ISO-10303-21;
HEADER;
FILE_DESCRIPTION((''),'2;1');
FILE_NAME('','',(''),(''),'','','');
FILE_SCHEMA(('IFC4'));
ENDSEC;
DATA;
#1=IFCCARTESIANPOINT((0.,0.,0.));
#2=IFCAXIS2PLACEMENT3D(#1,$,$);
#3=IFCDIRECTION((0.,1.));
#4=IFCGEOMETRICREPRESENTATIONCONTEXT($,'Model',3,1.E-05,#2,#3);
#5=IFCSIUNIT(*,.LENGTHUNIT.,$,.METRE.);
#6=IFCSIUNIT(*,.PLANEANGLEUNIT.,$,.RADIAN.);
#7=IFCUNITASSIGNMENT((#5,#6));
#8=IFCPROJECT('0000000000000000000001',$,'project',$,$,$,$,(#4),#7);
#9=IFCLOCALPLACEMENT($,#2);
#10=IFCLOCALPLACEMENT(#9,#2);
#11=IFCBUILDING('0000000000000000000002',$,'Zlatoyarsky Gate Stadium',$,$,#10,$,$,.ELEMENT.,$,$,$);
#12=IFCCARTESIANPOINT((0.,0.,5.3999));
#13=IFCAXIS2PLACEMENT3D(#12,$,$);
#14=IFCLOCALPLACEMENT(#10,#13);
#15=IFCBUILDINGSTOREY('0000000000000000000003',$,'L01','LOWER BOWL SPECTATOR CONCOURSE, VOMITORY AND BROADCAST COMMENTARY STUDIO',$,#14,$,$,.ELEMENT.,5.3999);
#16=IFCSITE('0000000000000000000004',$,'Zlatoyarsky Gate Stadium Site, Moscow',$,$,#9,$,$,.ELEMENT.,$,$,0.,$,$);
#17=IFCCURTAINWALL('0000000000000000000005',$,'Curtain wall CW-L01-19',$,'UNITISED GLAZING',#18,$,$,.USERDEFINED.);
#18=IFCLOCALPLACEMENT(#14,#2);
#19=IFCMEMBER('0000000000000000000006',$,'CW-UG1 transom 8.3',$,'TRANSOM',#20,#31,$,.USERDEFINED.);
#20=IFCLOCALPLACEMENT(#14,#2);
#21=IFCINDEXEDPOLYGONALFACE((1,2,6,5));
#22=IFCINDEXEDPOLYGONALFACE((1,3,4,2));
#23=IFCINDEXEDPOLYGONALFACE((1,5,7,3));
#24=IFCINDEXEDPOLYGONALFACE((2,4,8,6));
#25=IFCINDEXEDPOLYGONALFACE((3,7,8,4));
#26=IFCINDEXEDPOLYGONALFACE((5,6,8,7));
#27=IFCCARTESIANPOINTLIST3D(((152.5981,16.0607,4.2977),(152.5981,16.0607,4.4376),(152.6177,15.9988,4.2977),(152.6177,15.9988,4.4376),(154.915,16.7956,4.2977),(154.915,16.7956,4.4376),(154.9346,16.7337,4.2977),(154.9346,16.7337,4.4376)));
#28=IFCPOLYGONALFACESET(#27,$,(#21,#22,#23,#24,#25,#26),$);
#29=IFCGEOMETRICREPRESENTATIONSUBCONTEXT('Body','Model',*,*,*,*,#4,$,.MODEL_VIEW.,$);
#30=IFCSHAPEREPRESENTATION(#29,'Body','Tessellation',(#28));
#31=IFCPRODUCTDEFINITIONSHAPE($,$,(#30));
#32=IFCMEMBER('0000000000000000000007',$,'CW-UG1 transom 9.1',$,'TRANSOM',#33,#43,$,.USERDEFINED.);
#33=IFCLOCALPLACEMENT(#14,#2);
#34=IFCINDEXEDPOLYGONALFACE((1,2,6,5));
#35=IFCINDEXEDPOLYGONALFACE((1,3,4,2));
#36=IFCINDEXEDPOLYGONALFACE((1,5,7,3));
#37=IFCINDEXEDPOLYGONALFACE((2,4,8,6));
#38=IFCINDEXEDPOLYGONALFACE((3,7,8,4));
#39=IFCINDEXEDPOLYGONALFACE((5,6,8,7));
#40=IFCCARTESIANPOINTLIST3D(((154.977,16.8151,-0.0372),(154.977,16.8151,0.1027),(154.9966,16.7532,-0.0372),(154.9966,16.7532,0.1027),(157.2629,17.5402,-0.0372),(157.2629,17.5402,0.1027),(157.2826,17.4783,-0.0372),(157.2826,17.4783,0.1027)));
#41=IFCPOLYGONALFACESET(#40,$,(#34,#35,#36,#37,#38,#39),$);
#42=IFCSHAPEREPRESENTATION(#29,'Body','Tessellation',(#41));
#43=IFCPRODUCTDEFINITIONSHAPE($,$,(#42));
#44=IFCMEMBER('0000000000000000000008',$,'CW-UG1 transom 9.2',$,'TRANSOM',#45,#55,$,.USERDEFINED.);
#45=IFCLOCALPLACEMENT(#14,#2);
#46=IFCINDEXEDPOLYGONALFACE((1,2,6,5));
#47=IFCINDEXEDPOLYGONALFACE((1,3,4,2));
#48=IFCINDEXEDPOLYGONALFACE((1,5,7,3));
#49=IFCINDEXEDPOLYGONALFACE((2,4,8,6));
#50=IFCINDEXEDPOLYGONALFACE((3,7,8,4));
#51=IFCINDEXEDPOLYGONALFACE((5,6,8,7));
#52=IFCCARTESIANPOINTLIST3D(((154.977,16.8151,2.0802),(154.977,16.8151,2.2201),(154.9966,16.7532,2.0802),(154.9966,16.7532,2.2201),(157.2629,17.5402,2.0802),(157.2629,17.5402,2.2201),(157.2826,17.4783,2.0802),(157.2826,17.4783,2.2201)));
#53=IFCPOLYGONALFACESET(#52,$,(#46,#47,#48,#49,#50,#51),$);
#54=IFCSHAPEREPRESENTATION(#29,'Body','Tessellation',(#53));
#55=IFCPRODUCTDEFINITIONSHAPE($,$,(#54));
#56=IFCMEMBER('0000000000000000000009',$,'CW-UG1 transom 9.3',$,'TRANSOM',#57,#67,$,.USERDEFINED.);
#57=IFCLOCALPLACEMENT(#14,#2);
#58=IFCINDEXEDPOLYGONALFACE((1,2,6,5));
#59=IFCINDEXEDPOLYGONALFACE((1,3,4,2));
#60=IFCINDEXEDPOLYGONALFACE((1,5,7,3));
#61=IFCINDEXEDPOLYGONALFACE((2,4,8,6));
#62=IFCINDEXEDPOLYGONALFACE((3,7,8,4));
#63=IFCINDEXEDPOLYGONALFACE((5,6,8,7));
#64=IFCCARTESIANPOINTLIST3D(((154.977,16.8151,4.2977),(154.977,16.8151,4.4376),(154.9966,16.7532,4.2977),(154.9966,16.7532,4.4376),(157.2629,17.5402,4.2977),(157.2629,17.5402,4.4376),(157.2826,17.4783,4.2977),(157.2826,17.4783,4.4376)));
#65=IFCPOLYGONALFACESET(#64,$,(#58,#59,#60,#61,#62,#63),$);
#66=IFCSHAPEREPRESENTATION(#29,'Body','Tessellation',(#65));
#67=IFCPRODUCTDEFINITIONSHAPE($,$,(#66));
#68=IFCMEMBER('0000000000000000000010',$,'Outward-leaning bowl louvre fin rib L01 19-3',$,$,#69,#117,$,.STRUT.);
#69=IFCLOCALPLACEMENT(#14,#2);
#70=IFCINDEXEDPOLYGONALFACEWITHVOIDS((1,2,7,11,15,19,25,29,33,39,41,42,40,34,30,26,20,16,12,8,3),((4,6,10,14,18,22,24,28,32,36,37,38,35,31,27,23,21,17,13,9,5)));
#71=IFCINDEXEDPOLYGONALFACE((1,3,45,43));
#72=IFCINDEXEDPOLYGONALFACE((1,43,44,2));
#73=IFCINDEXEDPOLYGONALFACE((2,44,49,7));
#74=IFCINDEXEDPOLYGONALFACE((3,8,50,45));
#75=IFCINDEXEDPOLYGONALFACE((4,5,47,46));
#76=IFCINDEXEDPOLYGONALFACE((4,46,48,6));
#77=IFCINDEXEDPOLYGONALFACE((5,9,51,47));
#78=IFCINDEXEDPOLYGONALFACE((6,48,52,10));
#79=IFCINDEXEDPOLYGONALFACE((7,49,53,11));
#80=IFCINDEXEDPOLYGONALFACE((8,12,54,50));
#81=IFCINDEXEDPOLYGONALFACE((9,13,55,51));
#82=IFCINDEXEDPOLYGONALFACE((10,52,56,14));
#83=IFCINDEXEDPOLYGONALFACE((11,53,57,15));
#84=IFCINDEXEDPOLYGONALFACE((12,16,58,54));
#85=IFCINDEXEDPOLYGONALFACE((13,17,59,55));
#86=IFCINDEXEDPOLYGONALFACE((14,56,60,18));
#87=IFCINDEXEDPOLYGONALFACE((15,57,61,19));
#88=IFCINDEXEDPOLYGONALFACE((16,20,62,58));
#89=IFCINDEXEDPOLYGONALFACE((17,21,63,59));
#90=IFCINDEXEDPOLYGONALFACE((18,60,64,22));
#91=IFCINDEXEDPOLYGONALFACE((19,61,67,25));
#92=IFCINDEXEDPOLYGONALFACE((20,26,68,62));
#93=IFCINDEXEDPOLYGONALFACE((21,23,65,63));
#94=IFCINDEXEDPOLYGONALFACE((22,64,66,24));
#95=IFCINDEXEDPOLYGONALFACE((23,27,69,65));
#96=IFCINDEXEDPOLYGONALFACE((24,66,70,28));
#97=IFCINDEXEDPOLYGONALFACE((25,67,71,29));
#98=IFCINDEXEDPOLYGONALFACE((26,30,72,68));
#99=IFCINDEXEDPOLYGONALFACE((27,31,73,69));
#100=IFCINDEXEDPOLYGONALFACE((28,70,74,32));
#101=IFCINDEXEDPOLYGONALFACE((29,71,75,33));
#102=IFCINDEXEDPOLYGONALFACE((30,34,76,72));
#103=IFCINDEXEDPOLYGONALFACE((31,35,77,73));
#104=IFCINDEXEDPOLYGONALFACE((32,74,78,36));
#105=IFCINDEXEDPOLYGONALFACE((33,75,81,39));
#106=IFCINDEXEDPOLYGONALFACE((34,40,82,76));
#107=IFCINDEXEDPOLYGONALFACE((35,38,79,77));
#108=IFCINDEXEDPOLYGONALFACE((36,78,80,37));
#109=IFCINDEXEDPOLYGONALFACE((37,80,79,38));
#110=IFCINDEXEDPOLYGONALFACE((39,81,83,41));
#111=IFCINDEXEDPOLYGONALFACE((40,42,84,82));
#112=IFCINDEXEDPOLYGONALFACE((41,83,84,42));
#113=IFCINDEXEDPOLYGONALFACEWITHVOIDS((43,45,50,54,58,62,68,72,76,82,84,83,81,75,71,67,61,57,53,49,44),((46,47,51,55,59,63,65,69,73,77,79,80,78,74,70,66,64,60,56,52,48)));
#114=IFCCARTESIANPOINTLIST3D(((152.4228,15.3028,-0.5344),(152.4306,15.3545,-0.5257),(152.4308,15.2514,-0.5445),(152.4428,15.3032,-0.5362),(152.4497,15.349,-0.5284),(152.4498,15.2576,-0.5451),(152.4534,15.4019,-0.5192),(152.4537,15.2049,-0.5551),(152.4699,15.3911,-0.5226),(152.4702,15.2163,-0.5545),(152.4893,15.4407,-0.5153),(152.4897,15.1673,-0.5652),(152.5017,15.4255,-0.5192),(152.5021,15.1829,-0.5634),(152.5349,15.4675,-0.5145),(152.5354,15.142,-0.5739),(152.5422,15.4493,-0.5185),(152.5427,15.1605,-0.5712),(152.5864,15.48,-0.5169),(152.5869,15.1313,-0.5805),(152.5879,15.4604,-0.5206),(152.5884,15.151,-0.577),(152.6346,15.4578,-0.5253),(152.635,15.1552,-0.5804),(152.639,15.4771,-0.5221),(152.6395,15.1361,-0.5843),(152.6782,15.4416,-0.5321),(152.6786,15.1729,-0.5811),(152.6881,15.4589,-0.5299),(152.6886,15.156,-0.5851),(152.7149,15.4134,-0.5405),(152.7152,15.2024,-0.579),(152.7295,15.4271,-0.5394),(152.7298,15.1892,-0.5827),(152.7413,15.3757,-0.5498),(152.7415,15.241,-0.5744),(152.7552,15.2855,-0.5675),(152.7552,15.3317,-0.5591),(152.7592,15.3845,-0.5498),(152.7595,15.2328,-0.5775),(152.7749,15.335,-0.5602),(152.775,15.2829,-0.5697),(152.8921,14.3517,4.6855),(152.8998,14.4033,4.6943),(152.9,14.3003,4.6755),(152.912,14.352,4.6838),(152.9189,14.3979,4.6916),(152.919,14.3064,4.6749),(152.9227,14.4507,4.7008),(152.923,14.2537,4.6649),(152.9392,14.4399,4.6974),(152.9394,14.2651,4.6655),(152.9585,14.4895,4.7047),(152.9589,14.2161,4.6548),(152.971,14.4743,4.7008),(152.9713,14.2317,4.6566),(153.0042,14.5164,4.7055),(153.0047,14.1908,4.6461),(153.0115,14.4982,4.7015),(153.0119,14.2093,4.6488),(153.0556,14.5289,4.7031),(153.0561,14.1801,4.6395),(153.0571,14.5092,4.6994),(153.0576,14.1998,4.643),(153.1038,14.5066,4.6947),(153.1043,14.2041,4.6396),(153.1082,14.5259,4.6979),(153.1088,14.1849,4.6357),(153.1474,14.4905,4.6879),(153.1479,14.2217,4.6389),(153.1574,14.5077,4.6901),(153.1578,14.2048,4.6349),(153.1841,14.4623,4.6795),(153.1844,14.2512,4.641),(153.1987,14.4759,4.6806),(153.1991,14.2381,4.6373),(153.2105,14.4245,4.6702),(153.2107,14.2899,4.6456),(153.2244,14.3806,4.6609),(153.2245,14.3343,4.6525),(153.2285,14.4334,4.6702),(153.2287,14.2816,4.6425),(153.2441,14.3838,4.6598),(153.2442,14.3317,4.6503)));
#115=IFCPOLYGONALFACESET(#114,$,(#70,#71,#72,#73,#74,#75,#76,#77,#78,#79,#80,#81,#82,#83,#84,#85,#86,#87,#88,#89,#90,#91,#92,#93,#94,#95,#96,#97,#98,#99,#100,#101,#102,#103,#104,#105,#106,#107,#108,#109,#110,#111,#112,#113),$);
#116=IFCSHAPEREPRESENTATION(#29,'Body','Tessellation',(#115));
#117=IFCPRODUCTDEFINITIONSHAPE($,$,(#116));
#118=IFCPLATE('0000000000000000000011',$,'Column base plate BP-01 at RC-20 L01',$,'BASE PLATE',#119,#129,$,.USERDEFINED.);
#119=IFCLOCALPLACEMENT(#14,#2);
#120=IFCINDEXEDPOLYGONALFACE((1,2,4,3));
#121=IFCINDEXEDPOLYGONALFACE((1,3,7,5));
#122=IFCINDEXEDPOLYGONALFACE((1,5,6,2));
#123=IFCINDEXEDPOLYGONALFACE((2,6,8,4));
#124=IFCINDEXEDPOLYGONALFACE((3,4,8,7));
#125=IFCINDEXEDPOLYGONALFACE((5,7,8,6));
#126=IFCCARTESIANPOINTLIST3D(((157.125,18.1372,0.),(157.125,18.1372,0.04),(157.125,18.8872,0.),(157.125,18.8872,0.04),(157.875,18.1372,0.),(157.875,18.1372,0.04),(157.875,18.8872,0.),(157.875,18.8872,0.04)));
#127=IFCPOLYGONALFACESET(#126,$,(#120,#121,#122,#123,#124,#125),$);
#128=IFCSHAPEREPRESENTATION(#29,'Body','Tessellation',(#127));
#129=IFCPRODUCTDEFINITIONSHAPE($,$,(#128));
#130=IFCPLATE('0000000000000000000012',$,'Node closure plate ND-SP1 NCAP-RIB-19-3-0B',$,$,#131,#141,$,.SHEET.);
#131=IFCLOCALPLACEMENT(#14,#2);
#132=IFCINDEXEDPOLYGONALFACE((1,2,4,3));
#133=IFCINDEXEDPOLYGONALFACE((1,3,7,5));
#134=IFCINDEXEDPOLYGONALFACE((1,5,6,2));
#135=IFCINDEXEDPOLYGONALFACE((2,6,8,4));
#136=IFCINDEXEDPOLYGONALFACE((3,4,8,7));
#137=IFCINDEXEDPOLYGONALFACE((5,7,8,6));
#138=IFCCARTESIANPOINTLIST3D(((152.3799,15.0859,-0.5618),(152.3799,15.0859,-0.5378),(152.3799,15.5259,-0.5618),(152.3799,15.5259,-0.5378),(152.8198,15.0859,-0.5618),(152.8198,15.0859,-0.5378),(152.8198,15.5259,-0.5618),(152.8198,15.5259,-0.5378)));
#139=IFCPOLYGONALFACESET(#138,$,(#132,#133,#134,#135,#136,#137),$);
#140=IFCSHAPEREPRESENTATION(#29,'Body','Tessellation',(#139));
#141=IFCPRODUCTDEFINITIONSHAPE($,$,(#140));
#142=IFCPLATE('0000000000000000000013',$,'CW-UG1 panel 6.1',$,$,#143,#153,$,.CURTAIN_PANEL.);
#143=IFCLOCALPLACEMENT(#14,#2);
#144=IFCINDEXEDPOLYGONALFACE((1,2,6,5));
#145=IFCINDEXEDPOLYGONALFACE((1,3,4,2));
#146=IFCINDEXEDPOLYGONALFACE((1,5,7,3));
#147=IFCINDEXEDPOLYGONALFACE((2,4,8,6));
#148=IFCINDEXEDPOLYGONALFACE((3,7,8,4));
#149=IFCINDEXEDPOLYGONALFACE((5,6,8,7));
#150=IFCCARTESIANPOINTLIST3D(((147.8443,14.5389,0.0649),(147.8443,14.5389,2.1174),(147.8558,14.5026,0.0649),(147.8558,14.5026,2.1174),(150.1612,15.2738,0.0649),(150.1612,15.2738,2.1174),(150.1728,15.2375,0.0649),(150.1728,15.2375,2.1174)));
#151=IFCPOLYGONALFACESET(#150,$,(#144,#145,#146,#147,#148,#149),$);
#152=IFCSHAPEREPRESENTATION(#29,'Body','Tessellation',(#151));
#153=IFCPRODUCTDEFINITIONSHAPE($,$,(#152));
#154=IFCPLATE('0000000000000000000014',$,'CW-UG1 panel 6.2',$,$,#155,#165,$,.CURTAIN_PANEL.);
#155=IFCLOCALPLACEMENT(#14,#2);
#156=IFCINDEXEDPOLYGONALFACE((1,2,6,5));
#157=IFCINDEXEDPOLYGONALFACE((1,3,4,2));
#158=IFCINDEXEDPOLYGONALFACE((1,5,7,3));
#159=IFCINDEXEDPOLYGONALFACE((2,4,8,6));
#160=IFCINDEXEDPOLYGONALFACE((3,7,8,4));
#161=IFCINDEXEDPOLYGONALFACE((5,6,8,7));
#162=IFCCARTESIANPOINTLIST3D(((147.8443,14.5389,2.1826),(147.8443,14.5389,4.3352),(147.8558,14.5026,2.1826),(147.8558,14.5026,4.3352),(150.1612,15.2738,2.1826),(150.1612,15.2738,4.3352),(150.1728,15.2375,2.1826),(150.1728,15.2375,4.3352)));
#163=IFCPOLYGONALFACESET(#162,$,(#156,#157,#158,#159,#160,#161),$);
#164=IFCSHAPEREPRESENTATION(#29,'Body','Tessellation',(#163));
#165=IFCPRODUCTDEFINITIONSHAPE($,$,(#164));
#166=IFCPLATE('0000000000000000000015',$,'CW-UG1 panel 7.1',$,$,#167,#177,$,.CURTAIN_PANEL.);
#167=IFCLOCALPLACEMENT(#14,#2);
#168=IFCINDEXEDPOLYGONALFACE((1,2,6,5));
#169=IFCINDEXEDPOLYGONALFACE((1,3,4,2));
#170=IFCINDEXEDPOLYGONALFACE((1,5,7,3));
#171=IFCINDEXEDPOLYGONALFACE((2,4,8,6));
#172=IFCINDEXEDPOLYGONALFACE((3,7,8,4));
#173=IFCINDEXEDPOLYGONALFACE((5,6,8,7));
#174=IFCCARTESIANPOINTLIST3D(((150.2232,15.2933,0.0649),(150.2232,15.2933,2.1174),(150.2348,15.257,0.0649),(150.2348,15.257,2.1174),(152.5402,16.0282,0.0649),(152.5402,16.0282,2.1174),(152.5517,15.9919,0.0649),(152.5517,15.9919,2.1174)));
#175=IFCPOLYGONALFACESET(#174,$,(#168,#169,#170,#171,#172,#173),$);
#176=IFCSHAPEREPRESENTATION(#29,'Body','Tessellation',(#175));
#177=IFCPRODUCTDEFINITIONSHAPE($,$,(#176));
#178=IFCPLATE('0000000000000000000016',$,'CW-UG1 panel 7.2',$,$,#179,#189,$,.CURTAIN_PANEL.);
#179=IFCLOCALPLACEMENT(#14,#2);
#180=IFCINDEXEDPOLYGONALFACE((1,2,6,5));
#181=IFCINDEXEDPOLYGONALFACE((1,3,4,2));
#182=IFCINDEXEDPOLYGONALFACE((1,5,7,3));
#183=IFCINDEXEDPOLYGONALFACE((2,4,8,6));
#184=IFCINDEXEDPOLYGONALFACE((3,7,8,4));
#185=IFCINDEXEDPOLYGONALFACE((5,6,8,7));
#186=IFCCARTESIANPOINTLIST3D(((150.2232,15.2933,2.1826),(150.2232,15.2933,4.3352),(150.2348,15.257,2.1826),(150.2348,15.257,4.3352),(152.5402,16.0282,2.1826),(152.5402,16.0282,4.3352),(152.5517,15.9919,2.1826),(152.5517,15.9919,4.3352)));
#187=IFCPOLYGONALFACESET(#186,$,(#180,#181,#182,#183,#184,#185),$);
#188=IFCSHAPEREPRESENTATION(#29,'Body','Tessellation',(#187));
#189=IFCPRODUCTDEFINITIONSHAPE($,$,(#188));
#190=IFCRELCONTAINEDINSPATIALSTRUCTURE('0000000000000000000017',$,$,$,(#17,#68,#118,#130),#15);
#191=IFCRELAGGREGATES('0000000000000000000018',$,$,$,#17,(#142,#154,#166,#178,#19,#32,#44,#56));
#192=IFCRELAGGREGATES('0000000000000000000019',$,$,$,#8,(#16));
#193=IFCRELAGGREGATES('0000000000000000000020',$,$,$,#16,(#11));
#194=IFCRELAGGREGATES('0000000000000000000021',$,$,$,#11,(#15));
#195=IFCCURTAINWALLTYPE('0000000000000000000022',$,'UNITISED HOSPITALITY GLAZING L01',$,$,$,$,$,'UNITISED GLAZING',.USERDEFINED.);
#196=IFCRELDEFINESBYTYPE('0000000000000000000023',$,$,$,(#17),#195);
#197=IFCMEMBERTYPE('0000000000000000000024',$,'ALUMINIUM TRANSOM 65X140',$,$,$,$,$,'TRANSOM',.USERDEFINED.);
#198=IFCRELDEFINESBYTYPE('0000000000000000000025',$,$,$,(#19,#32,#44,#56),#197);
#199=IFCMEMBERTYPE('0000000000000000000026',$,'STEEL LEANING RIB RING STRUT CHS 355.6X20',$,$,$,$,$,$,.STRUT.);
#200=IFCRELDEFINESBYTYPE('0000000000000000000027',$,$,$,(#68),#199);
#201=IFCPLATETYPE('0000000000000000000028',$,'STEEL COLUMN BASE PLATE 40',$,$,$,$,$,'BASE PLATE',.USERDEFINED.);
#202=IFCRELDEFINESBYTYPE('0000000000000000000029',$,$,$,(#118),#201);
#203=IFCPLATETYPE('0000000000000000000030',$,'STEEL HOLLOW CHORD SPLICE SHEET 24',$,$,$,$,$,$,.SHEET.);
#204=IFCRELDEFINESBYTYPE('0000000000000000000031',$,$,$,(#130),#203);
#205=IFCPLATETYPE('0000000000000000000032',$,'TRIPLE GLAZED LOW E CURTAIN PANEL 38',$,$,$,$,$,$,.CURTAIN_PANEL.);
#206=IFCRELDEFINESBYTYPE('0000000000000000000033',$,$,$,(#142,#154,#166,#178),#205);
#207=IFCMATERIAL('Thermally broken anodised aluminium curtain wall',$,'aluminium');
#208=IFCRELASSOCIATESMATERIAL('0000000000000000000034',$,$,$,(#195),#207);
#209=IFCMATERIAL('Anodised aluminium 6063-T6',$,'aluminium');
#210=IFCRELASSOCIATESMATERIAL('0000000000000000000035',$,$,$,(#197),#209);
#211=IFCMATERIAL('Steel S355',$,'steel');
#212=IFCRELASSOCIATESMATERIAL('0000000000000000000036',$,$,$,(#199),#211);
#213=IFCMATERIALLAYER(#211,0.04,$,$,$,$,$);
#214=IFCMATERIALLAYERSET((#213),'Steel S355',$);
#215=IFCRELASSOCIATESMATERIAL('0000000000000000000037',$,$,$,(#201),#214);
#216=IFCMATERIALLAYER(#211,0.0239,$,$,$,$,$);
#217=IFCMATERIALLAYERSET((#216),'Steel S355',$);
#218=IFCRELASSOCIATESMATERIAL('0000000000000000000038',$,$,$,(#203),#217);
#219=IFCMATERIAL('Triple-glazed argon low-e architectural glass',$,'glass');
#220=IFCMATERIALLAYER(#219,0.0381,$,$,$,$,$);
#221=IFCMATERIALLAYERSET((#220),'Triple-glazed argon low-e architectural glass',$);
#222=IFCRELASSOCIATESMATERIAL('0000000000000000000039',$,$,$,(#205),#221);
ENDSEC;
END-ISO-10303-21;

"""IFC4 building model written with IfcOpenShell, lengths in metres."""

from ifc_helpers import new_model, si_unit, direction, frame, origin, origin_2d, place, context, subcontext, project, spatial, rectangle, hollow_circle, extrude, material, layer, layer_set, material_profile, profile_set, type_object, element, aggregate, save


model = new_model("IFC4")

# Units and contexts
model_context = context("Model", 3, precision=1e-05, world=origin(), true_north=direction((0.0, 1.0)))
body_context = subcontext(model_context, "Body", "Model", "MODEL_VIEW")
ifc_project = project(units=[si_unit("LENGTHUNIT", "METRE"), si_unit("PLANEANGLEUNIT", "RADIAN")], contexts=[model_context])

# Site, building, storey
site_placement = place(None, origin())
site = spatial("IfcSite", under=ifc_project, at=site_placement, Name="Zlatoyarsky Gate Stadium Site, Moscow", CompositionType="ELEMENT", RefElevation=0.0)
building_placement = place(site_placement, origin())
building = spatial("IfcBuilding", under=site, at=building_placement, Name="Zlatoyarsky Gate Stadium", CompositionType="ELEMENT")
storey_placement = place(building_placement, frame((0.0, 0.0, 5.3999)))
storey = spatial("IfcBuildingStorey", under=building, at=storey_placement, Name="L01", Description="LOWER BOWL SPECTATOR CONCOURSE, VOMITORY AND BROADCAST COMMENTARY STUDIO", CompositionType="ELEMENT", Elevation=5.3999)

# Shared definitions
ifc_material_1 = material(Name="Steel S355", Category="steel")

# Curtain wall, members
ifc_material_2 = material(Name="Thermally broken anodised aluminium curtain wall", Category="aluminium")
curtain_wall_type = type_object("IfcCurtainWallType", Name="UNITISED HOSPITALITY GLAZING L01", ElementType="UNITISED GLAZING", PredefinedType="USERDEFINED", material=ifc_material_2)
curtain_wall_placement = place(storey_placement, origin())
curtain_wall = element("IfcCurtainWall", 1, at=curtain_wall_placement, inside=storey, type_object=curtain_wall_type, Name="Curtain wall CW-L01-19", ObjectType="UNITISED GLAZING", PredefinedType="USERDEFINED")
ifc_material_3 = material(Name="Anodised aluminium 6063-T6", Category="aluminium")
ifc_material_profile_1 = material_profile(ifc_material_3, rectangle(XDim=0.0649, YDim=0.1399, at=origin_2d()), Name="ALU 65X140")
ifc_profile_set_1 = profile_set([ifc_material_profile_1], Name="Anodised aluminium 6063-T6")
member_type_1 = type_object("IfcMemberType", Name="ALUMINIUM TRANSOM 65X140", ElementType="TRANSOM", PredefinedType="USERDEFINED", material=ifc_profile_set_1)
member_1_placement = place(storey_placement, frame((152.6079, 16.0298, 4.3677), z_axis=(0.953202, 0.302333, 0.0), x_axis=(-0.302333, 0.953202, 0.0)))
member_1 = element("IfcMember", 2, at=member_1_placement, type_object=member_type_1, Name="CW-UG1 transom 8.3", ObjectType="TRANSOM", PredefinedType="USERDEFINED", context=body_context, shape_type="SweptSolid", body=[
    extrude(rectangle(XDim=0.0649, YDim=0.1399, at=origin_2d()), origin(), (0.0, 0.0, 1.0), 2.4307),
])
member_2_placement = place(storey_placement, frame((154.9868, 16.7842, 0.0327), z_axis=(0.953194, 0.302359, 0.0), x_axis=(-0.302359, 0.953194, 0.0)))
member_2 = element("IfcMember", 3, at=member_2_placement, type_object=member_type_1, Name="CW-UG1 transom 9.1", ObjectType="TRANSOM", PredefinedType="USERDEFINED", context=body_context, shape_type="SweptSolid", body=[
    extrude(rectangle(XDim=0.0649, YDim=0.1399, at=origin_2d()), origin(), (0.0, 0.0, 1.0), 2.3982),
])
member_3_placement = place(storey_placement, frame((154.9868, 16.7842, 2.1501), z_axis=(0.953194, 0.302359, 0.0), x_axis=(-0.302359, 0.953194, 0.0)))
member_3 = element("IfcMember", 4, at=member_3_placement, type_object=member_type_1, Name="CW-UG1 transom 9.2", ObjectType="TRANSOM", PredefinedType="USERDEFINED", context=body_context, shape_type="SweptSolid", body=[
    extrude(rectangle(XDim=0.0649, YDim=0.1399, at=origin_2d()), origin(), (0.0, 0.0, 1.0), 2.3982),
])
member_4_placement = place(storey_placement, frame((154.9868, 16.7842, 4.3677), z_axis=(0.953194, 0.302359, 0.0), x_axis=(-0.302359, 0.953194, 0.0)))
member_4 = element("IfcMember", 5, at=member_4_placement, type_object=member_type_1, Name="CW-UG1 transom 9.3", ObjectType="TRANSOM", PredefinedType="USERDEFINED", context=body_context, shape_type="SweptSolid", body=[
    extrude(rectangle(XDim=0.0649, YDim=0.1399, at=origin_2d()), origin(), (0.0, 0.0, 1.0), 2.3982),
])

# Member
ifc_material_profile_2 = material_profile(ifc_material_1, hollow_circle(Radius=0.1777, WallThickness=0.02, at=origin_2d()), Name="CHS 355.6X20")
ifc_profile_set_2 = profile_set([ifc_material_profile_2], Name="Steel S355")
member_type_2 = type_object("IfcMemberType", Name="STEEL LEANING RIB RING STRUT CHS 355.6X20", PredefinedType="STRUT", material=ifc_profile_set_2)
member_5_placement = place(storey_placement, frame((152.5999, 15.3059, -0.5498), z_axis=(0.088093, -0.178569, 0.979976), x_axis=(0.896808, 0.442419, 0.0)))
element("IfcMember", 6, at=member_5_placement, inside=storey, type_object=member_type_2, Name="Outward-leaning bowl louvre fin rib L01 19-3", PredefinedType="STRUT", context=body_context, shape_type="SweptSolid", body=[
    extrude(hollow_circle(Radius=0.1777, WallThickness=0.02, at=origin_2d()), origin(), (0.0, 0.0, 1.0), 5.3267),
])

# Plates
ifc_layer_1 = layer(ifc_material_1, 0.04)
ifc_layer_set_1 = layer_set([ifc_layer_1], Name="Steel S355")
plate_type_1 = type_object("IfcPlateType", Name="STEEL COLUMN BASE PLATE 40", ElementType="BASE PLATE", PredefinedType="USERDEFINED", material=ifc_layer_set_1)
plate_1_placement = place(storey_placement, frame((157.5, 18.5122, 0.0), z_axis=(0.0, 0.0, 1.0), x_axis=(1.0, 0.0, 0.0)))
element("IfcPlate", 7, at=plate_1_placement, inside=storey, type_object=plate_type_1, Name="Column base plate BP-01 at RC-20 L01", ObjectType="BASE PLATE", PredefinedType="USERDEFINED", context=body_context, shape_type="SweptSolid", body=[
    extrude(rectangle(XDim=0.75, YDim=0.75, at=origin_2d()), origin(), (0.0, 0.0, 1.0), 0.04),
])
ifc_layer_2 = layer(ifc_material_1, 0.0239)
ifc_layer_set_2 = layer_set([ifc_layer_2], Name="Steel S355")
plate_type_2 = type_object("IfcPlateType", Name="STEEL HOLLOW CHORD SPLICE SHEET 24", PredefinedType="SHEET", material=ifc_layer_set_2)
plate_2_placement = place(storey_placement, frame((152.5999, 15.3059, -0.5618), z_axis=(0.0, 0.0, 1.0), x_axis=(1.0, 0.0, 0.0)))
element("IfcPlate", 8, at=plate_2_placement, inside=storey, type_object=plate_type_2, Name="Node closure plate ND-SP1 NCAP-RIB-19-3-0B", PredefinedType="SHEET", context=body_context, shape_type="SweptSolid", body=[
    extrude(rectangle(XDim=0.4399, YDim=0.4399, at=origin_2d()), origin(), (0.0, 0.0, 1.0), 0.0239),
])

# Plates
ifc_material_4 = material(Name="Triple-glazed argon low-e architectural glass", Category="glass")
ifc_layer_3 = layer(ifc_material_4, 0.0381)
ifc_layer_set_3 = layer_set([ifc_layer_3], Name="Triple-glazed argon low-e architectural glass")
plate_type_3 = type_object("IfcPlateType", Name="TRIPLE GLAZED LOW E CURTAIN PANEL 38", PredefinedType="CURTAIN_PANEL", material=ifc_layer_set_3)
plate_3_placement = place(storey_placement, frame((149.0085, 14.8882, 0.0649), z_axis=(0.0, 0.0, 1.0), x_axis=(0.953202, 0.302334, 0.0)))
plate_3 = element("IfcPlate", 9, at=plate_3_placement, type_object=plate_type_3, Name="CW-UG1 panel 6.1", PredefinedType="CURTAIN_PANEL", context=body_context, shape_type="SweptSolid", body=[
    extrude(rectangle(XDim=2.4307, YDim=0.0381, at=origin_2d()), origin(), (0.0, 0.0, 1.0), 2.0525),
])
plate_4_placement = place(storey_placement, frame((149.0085, 14.8882, 2.1826), z_axis=(0.0, 0.0, 1.0), x_axis=(0.953202, 0.302334, 0.0)))
plate_4 = element("IfcPlate", 10, at=plate_4_placement, type_object=plate_type_3, Name="CW-UG1 panel 6.2", PredefinedType="CURTAIN_PANEL", context=body_context, shape_type="SweptSolid", body=[
    extrude(rectangle(XDim=2.4307, YDim=0.0381, at=origin_2d()), origin(), (0.0, 0.0, 1.0), 2.1526),
])
plate_5_placement = place(storey_placement, frame((151.3875, 15.6426, 0.0649), z_axis=(0.0, 0.0, 1.0), x_axis=(0.953202, 0.302334, 0.0)))
plate_5 = element("IfcPlate", 11, at=plate_5_placement, type_object=plate_type_3, Name="CW-UG1 panel 7.1", PredefinedType="CURTAIN_PANEL", context=body_context, shape_type="SweptSolid", body=[
    extrude(rectangle(XDim=2.4307, YDim=0.0381, at=origin_2d()), origin(), (0.0, 0.0, 1.0), 2.0525),
])
plate_6_placement = place(storey_placement, frame((151.3875, 15.6426, 2.1826), z_axis=(0.0, 0.0, 1.0), x_axis=(0.953202, 0.302334, 0.0)))
plate_6 = element("IfcPlate", 12, at=plate_6_placement, type_object=plate_type_3, Name="CW-UG1 panel 7.2", PredefinedType="CURTAIN_PANEL", context=body_context, shape_type="SweptSolid", body=[
    extrude(rectangle(XDim=2.4307, YDim=0.0381, at=origin_2d()), origin(), (0.0, 0.0, 1.0), 2.1526),
])
aggregate(curtain_wall, [plate_3, plate_4, plate_5, plate_6, member_1, member_2, member_3, member_4])

save(model, "model.ifc")
